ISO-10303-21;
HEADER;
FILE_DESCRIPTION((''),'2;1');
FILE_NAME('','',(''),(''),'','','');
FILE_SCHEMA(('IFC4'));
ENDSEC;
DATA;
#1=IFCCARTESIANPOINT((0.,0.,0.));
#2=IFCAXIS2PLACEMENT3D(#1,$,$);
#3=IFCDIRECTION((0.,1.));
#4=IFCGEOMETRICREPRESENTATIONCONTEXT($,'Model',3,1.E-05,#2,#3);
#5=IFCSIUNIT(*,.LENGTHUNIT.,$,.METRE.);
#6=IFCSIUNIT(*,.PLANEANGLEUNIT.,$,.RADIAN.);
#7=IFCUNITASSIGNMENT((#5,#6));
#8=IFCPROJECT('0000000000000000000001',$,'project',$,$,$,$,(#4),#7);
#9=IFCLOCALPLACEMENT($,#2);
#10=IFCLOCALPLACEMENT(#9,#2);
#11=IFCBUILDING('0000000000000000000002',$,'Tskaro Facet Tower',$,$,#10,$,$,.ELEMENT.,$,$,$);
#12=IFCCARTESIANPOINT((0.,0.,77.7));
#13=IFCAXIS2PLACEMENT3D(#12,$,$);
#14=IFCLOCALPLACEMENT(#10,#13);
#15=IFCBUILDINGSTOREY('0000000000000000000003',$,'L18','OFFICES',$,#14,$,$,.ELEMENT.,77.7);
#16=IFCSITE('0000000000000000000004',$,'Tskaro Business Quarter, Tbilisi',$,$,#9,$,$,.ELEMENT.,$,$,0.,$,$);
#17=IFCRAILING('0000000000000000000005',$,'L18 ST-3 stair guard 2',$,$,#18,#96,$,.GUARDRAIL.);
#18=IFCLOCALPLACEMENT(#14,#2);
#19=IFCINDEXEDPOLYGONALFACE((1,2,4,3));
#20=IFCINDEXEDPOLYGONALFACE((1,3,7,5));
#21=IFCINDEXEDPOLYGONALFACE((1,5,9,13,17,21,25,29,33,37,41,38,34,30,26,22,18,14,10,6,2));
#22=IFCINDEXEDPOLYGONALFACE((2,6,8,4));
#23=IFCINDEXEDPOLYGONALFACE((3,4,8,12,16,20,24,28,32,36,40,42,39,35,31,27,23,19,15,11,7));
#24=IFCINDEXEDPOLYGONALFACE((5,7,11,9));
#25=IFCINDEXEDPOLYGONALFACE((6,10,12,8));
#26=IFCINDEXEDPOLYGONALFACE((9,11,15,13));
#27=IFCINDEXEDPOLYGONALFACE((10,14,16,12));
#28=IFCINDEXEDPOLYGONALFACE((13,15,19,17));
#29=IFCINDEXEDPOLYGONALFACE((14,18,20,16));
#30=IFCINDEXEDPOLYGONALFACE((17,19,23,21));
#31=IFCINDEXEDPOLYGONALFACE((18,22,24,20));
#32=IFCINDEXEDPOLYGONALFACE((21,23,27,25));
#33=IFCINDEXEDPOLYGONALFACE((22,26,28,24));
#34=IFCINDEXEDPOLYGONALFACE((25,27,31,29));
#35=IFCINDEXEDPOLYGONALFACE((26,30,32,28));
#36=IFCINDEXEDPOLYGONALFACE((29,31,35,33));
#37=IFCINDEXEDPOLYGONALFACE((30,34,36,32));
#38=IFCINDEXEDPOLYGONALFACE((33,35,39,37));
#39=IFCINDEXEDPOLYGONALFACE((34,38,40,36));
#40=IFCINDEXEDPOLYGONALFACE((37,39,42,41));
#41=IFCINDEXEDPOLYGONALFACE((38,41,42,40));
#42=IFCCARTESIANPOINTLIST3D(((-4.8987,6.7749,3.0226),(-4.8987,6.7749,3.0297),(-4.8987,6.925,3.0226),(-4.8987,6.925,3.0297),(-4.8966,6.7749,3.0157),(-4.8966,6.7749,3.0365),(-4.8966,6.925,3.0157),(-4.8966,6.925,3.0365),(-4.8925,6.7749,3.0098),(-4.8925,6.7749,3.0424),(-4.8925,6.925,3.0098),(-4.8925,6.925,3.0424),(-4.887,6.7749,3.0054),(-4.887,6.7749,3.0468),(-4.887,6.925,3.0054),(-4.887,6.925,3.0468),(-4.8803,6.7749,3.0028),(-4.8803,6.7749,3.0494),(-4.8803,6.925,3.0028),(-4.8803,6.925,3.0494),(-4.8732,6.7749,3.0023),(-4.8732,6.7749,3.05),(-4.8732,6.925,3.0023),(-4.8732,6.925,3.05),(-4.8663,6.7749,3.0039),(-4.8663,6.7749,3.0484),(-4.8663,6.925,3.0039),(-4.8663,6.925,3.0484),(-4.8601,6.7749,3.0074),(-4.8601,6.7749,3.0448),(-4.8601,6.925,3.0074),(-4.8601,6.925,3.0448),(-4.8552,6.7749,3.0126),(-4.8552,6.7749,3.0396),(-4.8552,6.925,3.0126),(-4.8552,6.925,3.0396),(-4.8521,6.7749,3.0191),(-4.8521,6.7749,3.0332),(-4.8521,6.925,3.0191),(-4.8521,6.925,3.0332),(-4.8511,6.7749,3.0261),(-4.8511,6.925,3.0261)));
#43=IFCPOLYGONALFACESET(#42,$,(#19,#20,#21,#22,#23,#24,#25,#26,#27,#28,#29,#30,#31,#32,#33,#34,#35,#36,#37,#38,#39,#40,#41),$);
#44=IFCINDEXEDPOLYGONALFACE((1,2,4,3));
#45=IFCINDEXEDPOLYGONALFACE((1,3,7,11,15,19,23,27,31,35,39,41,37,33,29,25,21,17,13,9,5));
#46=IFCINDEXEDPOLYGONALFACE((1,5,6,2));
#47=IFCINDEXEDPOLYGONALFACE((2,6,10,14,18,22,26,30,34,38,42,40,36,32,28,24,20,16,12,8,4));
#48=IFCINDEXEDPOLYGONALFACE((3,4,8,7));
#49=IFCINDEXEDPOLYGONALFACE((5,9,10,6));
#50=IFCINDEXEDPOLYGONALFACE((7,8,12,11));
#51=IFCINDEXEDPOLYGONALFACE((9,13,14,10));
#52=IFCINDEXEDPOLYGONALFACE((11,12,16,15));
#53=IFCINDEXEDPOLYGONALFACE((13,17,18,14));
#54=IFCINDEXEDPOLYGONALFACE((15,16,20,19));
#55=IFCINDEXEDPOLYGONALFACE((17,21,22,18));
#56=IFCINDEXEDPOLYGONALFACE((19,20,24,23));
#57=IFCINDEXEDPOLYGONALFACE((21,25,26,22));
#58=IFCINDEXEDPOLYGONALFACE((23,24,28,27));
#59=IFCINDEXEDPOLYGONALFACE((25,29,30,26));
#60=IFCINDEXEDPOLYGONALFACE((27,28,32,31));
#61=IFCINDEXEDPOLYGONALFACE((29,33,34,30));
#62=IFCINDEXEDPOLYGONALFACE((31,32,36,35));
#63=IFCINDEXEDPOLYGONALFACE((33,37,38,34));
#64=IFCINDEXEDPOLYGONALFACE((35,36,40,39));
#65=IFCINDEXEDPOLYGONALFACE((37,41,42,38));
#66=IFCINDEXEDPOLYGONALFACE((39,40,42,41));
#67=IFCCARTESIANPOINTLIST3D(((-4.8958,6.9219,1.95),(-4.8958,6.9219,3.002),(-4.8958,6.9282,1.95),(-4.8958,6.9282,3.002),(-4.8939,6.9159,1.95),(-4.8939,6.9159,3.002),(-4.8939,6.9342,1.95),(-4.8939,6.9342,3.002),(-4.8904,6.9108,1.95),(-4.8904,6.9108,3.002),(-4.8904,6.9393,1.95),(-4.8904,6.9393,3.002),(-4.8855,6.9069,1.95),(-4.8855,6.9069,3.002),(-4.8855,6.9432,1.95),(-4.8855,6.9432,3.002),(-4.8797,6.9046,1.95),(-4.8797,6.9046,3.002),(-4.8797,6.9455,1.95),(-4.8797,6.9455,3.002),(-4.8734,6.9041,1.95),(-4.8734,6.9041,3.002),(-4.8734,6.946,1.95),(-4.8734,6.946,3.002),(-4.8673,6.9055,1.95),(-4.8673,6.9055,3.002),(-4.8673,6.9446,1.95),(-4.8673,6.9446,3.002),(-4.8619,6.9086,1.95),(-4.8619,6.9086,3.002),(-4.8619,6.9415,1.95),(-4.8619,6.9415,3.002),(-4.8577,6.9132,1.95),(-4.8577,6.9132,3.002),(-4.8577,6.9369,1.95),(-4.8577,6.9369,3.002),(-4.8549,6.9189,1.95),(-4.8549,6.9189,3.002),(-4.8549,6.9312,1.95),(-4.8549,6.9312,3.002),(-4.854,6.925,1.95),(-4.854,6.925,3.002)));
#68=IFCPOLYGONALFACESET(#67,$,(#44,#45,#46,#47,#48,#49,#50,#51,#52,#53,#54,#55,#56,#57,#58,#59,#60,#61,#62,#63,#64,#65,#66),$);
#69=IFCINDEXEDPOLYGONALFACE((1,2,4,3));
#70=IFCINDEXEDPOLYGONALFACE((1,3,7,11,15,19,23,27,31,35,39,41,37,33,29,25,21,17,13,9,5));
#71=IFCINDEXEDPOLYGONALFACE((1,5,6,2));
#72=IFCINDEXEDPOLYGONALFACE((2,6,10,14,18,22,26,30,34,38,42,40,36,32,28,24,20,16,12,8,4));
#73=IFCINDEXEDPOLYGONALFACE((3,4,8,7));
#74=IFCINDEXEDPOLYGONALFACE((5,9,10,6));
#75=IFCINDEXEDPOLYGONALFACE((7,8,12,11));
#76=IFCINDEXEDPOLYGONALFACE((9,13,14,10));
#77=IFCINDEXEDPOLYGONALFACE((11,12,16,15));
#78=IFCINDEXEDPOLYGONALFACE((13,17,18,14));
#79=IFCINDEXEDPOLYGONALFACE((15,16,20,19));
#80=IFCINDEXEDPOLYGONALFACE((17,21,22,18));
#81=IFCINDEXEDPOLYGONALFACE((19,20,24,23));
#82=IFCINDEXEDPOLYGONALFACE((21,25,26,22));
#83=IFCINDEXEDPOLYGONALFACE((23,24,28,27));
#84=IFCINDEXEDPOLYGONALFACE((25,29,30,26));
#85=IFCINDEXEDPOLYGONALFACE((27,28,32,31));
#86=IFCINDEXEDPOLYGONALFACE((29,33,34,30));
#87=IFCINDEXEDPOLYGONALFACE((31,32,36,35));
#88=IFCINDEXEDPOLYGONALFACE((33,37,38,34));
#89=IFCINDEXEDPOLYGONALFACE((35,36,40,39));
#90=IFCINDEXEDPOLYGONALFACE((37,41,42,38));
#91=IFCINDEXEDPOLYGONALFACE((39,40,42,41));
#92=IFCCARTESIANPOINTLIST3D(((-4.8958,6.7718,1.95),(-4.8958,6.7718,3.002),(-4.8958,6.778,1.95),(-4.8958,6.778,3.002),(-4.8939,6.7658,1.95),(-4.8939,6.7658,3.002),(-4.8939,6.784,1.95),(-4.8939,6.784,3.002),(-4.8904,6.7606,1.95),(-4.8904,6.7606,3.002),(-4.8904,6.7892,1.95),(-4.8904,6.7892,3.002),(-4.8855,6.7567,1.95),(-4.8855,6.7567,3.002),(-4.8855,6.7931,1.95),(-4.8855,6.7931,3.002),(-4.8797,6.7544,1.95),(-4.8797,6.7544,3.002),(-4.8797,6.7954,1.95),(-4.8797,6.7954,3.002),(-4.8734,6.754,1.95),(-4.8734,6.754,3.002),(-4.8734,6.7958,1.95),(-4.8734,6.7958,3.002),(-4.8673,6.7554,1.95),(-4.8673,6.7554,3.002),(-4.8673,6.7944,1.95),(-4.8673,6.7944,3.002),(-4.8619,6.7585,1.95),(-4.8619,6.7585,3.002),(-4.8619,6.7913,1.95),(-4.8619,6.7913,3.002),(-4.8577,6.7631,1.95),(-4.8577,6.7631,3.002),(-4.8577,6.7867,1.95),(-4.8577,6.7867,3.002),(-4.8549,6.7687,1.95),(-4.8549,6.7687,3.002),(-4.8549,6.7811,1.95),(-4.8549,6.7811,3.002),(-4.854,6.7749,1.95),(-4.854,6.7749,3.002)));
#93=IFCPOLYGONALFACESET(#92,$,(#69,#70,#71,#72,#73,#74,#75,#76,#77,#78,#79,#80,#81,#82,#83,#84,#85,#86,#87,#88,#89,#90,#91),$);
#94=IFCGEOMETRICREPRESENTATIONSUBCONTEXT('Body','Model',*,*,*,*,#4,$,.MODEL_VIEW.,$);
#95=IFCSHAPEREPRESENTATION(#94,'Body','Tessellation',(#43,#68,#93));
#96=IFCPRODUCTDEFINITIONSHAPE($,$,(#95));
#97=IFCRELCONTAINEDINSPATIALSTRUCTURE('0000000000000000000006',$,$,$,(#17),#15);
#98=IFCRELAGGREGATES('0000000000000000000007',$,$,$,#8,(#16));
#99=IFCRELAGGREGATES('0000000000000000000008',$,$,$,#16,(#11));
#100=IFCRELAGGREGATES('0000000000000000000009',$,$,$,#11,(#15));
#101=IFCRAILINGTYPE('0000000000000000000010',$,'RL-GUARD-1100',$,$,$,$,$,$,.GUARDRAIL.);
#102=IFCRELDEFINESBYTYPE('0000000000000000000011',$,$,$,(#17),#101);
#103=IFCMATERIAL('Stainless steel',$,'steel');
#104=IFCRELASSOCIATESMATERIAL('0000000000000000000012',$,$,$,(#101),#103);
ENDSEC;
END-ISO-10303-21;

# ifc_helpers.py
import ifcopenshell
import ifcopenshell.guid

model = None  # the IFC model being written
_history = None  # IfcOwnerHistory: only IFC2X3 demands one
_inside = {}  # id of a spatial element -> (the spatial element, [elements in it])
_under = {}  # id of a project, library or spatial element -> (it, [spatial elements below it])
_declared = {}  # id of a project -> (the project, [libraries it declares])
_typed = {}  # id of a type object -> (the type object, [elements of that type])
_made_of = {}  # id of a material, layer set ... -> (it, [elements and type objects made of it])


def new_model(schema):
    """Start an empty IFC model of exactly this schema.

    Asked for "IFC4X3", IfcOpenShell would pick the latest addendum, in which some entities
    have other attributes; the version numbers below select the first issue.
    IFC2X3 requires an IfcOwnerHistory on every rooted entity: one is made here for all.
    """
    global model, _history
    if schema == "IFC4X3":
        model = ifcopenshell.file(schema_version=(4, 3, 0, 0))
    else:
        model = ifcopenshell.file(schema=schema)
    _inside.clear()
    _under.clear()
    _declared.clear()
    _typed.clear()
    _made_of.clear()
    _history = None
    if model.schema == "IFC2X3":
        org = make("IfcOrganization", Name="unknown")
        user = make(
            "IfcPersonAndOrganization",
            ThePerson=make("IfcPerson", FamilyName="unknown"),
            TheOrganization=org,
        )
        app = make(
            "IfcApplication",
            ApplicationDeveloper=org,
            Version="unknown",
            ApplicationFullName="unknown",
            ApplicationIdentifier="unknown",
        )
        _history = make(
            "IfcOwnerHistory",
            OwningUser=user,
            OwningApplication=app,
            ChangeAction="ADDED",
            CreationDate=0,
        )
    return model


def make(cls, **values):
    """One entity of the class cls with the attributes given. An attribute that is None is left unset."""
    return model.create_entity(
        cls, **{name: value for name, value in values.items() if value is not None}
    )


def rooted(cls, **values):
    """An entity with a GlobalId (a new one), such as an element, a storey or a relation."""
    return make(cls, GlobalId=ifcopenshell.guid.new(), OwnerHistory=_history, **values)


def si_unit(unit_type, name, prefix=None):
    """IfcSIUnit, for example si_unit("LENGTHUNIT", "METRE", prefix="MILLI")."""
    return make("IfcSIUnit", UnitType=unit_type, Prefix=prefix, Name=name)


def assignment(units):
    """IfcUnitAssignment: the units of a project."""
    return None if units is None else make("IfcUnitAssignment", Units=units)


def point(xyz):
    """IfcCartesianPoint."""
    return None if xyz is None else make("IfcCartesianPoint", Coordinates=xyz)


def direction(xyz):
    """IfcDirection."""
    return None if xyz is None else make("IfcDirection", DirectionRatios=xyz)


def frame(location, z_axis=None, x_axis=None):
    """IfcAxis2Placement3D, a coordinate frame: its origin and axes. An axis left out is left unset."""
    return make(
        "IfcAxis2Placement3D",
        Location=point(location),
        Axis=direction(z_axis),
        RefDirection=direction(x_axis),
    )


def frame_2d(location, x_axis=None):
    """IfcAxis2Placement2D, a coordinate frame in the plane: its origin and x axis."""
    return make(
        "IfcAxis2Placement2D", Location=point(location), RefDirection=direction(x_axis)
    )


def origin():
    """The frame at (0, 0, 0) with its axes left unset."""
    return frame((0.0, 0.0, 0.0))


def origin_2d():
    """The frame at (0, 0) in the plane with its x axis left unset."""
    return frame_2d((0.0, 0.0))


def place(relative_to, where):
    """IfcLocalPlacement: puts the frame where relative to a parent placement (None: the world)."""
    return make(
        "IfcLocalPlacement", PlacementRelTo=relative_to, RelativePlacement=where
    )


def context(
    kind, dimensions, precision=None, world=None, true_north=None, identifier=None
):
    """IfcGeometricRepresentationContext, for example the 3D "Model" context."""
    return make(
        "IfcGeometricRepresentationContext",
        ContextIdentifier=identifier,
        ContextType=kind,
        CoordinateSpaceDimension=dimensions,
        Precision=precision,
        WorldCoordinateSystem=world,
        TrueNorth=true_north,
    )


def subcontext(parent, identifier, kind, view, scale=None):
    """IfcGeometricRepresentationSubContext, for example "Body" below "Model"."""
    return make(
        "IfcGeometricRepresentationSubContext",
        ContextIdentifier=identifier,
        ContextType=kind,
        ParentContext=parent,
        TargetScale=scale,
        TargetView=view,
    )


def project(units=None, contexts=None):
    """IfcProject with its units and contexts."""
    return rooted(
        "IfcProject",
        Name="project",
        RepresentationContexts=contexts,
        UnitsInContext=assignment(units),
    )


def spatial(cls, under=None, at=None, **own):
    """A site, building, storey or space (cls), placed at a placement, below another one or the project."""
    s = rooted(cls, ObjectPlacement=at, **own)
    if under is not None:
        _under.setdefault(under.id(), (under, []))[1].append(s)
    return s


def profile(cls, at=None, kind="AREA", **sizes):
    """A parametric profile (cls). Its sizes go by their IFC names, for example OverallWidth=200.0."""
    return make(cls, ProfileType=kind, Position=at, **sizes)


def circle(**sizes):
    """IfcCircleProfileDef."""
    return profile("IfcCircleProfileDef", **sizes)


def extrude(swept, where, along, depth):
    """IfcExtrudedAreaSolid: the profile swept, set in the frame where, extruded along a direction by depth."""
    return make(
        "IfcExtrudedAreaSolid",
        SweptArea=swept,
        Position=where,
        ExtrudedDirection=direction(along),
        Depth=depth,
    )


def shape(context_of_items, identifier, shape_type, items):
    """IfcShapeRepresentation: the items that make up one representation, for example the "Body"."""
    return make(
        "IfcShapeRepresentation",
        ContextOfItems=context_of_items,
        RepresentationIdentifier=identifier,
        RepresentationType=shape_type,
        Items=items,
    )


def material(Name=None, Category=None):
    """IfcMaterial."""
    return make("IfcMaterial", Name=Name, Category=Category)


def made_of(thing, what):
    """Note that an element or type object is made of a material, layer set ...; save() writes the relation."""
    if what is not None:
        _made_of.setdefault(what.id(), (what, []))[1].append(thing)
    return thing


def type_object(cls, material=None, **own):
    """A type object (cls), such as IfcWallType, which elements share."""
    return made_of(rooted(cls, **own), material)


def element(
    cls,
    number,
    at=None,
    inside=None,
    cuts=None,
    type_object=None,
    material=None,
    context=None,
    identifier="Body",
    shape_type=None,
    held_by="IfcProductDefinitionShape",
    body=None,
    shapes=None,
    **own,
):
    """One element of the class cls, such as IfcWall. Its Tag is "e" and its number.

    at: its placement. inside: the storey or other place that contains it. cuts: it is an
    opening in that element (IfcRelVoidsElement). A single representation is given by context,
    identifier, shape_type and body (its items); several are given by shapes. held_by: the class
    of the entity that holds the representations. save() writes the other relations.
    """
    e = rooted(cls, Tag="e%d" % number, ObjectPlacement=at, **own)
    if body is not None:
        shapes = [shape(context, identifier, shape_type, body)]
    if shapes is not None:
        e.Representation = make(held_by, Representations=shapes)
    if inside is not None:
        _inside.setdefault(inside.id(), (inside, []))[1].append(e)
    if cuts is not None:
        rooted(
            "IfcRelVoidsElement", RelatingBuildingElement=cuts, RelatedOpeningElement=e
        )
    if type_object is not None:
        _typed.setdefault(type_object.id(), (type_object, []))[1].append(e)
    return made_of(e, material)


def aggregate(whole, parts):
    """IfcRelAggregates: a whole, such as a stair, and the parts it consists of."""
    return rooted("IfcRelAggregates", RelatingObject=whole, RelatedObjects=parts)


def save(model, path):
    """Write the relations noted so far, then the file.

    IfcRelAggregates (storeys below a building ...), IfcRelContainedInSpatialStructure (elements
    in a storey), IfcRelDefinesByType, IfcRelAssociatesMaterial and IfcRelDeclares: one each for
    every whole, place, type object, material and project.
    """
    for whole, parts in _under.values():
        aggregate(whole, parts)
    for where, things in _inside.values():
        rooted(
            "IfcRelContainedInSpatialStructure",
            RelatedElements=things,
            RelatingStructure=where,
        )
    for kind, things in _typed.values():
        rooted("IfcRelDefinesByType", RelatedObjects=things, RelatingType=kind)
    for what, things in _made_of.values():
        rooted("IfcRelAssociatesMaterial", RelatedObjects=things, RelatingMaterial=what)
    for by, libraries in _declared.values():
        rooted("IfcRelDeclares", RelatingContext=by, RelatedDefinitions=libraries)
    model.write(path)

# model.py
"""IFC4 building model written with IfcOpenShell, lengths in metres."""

from ifc_helpers import new_model, si_unit, direction, frame, origin, origin_2d, place, context, subcontext, project, spatial, circle, extrude, material, type_object, element, save


model = new_model("IFC4")

# Units and contexts
model_context = context("Model", 3, precision=1e-05, world=origin(), true_north=direction((0.0, 1.0)))
body_context = subcontext(model_context, "Body", "Model", "MODEL_VIEW")
ifc_project = project(units=[si_unit("LENGTHUNIT", "METRE"), si_unit("PLANEANGLEUNIT", "RADIAN")], contexts=[model_context])

# Site, building, storey
site_placement = place(None, origin())
site = spatial("IfcSite", under=ifc_project, at=site_placement, Name="Tskaro Business Quarter, Tbilisi", CompositionType="ELEMENT", RefElevation=0.0)
building_placement = place(site_placement, origin())
building = spatial("IfcBuilding", under=site, at=building_placement, Name="Tskaro Facet Tower", CompositionType="ELEMENT")
storey_placement = place(building_placement, frame((0.0, 0.0, 77.7)))
storey = spatial("IfcBuildingStorey", under=building, at=storey_placement, Name="L18", Description="OFFICES", CompositionType="ELEMENT", Elevation=77.7)

# Railing
ifc_material_1 = material(Name="Stainless steel", Category="steel")
railing_type_1 = type_object("IfcRailingType", Name="RL-GUARD-1100", PredefinedType="GUARDRAIL", material=ifc_material_1)
railing_1_placement = place(storey_placement, frame((-4.875, 6.925, 1.95)))
element("IfcRailing", 1, at=railing_1_placement, inside=storey, type_object=railing_type_1, Name="L18 ST-3 stair guard 2", PredefinedType="GUARDRAIL", context=body_context, shape_type="SweptSolid", body=[
    extrude(circle(Radius=0.0239, at=origin_2d()), frame((0.0, 0.0, 1.0762), z_axis=(0.0, -1.0, 0.0), x_axis=(1.0, 0.0, 0.0)), (0.0, 0.0, 1.0), 0.1501),
    extrude(circle(Radius=0.021, at=origin_2d()), origin(), (0.0, 0.0, 1.0), 1.052),
    extrude(circle(Radius=0.021, at=origin_2d()), frame((0.0, -0.1501, 0.0)), (0.0, 0.0, 1.0), 1.052),
])

save(model, "model.ifc")
